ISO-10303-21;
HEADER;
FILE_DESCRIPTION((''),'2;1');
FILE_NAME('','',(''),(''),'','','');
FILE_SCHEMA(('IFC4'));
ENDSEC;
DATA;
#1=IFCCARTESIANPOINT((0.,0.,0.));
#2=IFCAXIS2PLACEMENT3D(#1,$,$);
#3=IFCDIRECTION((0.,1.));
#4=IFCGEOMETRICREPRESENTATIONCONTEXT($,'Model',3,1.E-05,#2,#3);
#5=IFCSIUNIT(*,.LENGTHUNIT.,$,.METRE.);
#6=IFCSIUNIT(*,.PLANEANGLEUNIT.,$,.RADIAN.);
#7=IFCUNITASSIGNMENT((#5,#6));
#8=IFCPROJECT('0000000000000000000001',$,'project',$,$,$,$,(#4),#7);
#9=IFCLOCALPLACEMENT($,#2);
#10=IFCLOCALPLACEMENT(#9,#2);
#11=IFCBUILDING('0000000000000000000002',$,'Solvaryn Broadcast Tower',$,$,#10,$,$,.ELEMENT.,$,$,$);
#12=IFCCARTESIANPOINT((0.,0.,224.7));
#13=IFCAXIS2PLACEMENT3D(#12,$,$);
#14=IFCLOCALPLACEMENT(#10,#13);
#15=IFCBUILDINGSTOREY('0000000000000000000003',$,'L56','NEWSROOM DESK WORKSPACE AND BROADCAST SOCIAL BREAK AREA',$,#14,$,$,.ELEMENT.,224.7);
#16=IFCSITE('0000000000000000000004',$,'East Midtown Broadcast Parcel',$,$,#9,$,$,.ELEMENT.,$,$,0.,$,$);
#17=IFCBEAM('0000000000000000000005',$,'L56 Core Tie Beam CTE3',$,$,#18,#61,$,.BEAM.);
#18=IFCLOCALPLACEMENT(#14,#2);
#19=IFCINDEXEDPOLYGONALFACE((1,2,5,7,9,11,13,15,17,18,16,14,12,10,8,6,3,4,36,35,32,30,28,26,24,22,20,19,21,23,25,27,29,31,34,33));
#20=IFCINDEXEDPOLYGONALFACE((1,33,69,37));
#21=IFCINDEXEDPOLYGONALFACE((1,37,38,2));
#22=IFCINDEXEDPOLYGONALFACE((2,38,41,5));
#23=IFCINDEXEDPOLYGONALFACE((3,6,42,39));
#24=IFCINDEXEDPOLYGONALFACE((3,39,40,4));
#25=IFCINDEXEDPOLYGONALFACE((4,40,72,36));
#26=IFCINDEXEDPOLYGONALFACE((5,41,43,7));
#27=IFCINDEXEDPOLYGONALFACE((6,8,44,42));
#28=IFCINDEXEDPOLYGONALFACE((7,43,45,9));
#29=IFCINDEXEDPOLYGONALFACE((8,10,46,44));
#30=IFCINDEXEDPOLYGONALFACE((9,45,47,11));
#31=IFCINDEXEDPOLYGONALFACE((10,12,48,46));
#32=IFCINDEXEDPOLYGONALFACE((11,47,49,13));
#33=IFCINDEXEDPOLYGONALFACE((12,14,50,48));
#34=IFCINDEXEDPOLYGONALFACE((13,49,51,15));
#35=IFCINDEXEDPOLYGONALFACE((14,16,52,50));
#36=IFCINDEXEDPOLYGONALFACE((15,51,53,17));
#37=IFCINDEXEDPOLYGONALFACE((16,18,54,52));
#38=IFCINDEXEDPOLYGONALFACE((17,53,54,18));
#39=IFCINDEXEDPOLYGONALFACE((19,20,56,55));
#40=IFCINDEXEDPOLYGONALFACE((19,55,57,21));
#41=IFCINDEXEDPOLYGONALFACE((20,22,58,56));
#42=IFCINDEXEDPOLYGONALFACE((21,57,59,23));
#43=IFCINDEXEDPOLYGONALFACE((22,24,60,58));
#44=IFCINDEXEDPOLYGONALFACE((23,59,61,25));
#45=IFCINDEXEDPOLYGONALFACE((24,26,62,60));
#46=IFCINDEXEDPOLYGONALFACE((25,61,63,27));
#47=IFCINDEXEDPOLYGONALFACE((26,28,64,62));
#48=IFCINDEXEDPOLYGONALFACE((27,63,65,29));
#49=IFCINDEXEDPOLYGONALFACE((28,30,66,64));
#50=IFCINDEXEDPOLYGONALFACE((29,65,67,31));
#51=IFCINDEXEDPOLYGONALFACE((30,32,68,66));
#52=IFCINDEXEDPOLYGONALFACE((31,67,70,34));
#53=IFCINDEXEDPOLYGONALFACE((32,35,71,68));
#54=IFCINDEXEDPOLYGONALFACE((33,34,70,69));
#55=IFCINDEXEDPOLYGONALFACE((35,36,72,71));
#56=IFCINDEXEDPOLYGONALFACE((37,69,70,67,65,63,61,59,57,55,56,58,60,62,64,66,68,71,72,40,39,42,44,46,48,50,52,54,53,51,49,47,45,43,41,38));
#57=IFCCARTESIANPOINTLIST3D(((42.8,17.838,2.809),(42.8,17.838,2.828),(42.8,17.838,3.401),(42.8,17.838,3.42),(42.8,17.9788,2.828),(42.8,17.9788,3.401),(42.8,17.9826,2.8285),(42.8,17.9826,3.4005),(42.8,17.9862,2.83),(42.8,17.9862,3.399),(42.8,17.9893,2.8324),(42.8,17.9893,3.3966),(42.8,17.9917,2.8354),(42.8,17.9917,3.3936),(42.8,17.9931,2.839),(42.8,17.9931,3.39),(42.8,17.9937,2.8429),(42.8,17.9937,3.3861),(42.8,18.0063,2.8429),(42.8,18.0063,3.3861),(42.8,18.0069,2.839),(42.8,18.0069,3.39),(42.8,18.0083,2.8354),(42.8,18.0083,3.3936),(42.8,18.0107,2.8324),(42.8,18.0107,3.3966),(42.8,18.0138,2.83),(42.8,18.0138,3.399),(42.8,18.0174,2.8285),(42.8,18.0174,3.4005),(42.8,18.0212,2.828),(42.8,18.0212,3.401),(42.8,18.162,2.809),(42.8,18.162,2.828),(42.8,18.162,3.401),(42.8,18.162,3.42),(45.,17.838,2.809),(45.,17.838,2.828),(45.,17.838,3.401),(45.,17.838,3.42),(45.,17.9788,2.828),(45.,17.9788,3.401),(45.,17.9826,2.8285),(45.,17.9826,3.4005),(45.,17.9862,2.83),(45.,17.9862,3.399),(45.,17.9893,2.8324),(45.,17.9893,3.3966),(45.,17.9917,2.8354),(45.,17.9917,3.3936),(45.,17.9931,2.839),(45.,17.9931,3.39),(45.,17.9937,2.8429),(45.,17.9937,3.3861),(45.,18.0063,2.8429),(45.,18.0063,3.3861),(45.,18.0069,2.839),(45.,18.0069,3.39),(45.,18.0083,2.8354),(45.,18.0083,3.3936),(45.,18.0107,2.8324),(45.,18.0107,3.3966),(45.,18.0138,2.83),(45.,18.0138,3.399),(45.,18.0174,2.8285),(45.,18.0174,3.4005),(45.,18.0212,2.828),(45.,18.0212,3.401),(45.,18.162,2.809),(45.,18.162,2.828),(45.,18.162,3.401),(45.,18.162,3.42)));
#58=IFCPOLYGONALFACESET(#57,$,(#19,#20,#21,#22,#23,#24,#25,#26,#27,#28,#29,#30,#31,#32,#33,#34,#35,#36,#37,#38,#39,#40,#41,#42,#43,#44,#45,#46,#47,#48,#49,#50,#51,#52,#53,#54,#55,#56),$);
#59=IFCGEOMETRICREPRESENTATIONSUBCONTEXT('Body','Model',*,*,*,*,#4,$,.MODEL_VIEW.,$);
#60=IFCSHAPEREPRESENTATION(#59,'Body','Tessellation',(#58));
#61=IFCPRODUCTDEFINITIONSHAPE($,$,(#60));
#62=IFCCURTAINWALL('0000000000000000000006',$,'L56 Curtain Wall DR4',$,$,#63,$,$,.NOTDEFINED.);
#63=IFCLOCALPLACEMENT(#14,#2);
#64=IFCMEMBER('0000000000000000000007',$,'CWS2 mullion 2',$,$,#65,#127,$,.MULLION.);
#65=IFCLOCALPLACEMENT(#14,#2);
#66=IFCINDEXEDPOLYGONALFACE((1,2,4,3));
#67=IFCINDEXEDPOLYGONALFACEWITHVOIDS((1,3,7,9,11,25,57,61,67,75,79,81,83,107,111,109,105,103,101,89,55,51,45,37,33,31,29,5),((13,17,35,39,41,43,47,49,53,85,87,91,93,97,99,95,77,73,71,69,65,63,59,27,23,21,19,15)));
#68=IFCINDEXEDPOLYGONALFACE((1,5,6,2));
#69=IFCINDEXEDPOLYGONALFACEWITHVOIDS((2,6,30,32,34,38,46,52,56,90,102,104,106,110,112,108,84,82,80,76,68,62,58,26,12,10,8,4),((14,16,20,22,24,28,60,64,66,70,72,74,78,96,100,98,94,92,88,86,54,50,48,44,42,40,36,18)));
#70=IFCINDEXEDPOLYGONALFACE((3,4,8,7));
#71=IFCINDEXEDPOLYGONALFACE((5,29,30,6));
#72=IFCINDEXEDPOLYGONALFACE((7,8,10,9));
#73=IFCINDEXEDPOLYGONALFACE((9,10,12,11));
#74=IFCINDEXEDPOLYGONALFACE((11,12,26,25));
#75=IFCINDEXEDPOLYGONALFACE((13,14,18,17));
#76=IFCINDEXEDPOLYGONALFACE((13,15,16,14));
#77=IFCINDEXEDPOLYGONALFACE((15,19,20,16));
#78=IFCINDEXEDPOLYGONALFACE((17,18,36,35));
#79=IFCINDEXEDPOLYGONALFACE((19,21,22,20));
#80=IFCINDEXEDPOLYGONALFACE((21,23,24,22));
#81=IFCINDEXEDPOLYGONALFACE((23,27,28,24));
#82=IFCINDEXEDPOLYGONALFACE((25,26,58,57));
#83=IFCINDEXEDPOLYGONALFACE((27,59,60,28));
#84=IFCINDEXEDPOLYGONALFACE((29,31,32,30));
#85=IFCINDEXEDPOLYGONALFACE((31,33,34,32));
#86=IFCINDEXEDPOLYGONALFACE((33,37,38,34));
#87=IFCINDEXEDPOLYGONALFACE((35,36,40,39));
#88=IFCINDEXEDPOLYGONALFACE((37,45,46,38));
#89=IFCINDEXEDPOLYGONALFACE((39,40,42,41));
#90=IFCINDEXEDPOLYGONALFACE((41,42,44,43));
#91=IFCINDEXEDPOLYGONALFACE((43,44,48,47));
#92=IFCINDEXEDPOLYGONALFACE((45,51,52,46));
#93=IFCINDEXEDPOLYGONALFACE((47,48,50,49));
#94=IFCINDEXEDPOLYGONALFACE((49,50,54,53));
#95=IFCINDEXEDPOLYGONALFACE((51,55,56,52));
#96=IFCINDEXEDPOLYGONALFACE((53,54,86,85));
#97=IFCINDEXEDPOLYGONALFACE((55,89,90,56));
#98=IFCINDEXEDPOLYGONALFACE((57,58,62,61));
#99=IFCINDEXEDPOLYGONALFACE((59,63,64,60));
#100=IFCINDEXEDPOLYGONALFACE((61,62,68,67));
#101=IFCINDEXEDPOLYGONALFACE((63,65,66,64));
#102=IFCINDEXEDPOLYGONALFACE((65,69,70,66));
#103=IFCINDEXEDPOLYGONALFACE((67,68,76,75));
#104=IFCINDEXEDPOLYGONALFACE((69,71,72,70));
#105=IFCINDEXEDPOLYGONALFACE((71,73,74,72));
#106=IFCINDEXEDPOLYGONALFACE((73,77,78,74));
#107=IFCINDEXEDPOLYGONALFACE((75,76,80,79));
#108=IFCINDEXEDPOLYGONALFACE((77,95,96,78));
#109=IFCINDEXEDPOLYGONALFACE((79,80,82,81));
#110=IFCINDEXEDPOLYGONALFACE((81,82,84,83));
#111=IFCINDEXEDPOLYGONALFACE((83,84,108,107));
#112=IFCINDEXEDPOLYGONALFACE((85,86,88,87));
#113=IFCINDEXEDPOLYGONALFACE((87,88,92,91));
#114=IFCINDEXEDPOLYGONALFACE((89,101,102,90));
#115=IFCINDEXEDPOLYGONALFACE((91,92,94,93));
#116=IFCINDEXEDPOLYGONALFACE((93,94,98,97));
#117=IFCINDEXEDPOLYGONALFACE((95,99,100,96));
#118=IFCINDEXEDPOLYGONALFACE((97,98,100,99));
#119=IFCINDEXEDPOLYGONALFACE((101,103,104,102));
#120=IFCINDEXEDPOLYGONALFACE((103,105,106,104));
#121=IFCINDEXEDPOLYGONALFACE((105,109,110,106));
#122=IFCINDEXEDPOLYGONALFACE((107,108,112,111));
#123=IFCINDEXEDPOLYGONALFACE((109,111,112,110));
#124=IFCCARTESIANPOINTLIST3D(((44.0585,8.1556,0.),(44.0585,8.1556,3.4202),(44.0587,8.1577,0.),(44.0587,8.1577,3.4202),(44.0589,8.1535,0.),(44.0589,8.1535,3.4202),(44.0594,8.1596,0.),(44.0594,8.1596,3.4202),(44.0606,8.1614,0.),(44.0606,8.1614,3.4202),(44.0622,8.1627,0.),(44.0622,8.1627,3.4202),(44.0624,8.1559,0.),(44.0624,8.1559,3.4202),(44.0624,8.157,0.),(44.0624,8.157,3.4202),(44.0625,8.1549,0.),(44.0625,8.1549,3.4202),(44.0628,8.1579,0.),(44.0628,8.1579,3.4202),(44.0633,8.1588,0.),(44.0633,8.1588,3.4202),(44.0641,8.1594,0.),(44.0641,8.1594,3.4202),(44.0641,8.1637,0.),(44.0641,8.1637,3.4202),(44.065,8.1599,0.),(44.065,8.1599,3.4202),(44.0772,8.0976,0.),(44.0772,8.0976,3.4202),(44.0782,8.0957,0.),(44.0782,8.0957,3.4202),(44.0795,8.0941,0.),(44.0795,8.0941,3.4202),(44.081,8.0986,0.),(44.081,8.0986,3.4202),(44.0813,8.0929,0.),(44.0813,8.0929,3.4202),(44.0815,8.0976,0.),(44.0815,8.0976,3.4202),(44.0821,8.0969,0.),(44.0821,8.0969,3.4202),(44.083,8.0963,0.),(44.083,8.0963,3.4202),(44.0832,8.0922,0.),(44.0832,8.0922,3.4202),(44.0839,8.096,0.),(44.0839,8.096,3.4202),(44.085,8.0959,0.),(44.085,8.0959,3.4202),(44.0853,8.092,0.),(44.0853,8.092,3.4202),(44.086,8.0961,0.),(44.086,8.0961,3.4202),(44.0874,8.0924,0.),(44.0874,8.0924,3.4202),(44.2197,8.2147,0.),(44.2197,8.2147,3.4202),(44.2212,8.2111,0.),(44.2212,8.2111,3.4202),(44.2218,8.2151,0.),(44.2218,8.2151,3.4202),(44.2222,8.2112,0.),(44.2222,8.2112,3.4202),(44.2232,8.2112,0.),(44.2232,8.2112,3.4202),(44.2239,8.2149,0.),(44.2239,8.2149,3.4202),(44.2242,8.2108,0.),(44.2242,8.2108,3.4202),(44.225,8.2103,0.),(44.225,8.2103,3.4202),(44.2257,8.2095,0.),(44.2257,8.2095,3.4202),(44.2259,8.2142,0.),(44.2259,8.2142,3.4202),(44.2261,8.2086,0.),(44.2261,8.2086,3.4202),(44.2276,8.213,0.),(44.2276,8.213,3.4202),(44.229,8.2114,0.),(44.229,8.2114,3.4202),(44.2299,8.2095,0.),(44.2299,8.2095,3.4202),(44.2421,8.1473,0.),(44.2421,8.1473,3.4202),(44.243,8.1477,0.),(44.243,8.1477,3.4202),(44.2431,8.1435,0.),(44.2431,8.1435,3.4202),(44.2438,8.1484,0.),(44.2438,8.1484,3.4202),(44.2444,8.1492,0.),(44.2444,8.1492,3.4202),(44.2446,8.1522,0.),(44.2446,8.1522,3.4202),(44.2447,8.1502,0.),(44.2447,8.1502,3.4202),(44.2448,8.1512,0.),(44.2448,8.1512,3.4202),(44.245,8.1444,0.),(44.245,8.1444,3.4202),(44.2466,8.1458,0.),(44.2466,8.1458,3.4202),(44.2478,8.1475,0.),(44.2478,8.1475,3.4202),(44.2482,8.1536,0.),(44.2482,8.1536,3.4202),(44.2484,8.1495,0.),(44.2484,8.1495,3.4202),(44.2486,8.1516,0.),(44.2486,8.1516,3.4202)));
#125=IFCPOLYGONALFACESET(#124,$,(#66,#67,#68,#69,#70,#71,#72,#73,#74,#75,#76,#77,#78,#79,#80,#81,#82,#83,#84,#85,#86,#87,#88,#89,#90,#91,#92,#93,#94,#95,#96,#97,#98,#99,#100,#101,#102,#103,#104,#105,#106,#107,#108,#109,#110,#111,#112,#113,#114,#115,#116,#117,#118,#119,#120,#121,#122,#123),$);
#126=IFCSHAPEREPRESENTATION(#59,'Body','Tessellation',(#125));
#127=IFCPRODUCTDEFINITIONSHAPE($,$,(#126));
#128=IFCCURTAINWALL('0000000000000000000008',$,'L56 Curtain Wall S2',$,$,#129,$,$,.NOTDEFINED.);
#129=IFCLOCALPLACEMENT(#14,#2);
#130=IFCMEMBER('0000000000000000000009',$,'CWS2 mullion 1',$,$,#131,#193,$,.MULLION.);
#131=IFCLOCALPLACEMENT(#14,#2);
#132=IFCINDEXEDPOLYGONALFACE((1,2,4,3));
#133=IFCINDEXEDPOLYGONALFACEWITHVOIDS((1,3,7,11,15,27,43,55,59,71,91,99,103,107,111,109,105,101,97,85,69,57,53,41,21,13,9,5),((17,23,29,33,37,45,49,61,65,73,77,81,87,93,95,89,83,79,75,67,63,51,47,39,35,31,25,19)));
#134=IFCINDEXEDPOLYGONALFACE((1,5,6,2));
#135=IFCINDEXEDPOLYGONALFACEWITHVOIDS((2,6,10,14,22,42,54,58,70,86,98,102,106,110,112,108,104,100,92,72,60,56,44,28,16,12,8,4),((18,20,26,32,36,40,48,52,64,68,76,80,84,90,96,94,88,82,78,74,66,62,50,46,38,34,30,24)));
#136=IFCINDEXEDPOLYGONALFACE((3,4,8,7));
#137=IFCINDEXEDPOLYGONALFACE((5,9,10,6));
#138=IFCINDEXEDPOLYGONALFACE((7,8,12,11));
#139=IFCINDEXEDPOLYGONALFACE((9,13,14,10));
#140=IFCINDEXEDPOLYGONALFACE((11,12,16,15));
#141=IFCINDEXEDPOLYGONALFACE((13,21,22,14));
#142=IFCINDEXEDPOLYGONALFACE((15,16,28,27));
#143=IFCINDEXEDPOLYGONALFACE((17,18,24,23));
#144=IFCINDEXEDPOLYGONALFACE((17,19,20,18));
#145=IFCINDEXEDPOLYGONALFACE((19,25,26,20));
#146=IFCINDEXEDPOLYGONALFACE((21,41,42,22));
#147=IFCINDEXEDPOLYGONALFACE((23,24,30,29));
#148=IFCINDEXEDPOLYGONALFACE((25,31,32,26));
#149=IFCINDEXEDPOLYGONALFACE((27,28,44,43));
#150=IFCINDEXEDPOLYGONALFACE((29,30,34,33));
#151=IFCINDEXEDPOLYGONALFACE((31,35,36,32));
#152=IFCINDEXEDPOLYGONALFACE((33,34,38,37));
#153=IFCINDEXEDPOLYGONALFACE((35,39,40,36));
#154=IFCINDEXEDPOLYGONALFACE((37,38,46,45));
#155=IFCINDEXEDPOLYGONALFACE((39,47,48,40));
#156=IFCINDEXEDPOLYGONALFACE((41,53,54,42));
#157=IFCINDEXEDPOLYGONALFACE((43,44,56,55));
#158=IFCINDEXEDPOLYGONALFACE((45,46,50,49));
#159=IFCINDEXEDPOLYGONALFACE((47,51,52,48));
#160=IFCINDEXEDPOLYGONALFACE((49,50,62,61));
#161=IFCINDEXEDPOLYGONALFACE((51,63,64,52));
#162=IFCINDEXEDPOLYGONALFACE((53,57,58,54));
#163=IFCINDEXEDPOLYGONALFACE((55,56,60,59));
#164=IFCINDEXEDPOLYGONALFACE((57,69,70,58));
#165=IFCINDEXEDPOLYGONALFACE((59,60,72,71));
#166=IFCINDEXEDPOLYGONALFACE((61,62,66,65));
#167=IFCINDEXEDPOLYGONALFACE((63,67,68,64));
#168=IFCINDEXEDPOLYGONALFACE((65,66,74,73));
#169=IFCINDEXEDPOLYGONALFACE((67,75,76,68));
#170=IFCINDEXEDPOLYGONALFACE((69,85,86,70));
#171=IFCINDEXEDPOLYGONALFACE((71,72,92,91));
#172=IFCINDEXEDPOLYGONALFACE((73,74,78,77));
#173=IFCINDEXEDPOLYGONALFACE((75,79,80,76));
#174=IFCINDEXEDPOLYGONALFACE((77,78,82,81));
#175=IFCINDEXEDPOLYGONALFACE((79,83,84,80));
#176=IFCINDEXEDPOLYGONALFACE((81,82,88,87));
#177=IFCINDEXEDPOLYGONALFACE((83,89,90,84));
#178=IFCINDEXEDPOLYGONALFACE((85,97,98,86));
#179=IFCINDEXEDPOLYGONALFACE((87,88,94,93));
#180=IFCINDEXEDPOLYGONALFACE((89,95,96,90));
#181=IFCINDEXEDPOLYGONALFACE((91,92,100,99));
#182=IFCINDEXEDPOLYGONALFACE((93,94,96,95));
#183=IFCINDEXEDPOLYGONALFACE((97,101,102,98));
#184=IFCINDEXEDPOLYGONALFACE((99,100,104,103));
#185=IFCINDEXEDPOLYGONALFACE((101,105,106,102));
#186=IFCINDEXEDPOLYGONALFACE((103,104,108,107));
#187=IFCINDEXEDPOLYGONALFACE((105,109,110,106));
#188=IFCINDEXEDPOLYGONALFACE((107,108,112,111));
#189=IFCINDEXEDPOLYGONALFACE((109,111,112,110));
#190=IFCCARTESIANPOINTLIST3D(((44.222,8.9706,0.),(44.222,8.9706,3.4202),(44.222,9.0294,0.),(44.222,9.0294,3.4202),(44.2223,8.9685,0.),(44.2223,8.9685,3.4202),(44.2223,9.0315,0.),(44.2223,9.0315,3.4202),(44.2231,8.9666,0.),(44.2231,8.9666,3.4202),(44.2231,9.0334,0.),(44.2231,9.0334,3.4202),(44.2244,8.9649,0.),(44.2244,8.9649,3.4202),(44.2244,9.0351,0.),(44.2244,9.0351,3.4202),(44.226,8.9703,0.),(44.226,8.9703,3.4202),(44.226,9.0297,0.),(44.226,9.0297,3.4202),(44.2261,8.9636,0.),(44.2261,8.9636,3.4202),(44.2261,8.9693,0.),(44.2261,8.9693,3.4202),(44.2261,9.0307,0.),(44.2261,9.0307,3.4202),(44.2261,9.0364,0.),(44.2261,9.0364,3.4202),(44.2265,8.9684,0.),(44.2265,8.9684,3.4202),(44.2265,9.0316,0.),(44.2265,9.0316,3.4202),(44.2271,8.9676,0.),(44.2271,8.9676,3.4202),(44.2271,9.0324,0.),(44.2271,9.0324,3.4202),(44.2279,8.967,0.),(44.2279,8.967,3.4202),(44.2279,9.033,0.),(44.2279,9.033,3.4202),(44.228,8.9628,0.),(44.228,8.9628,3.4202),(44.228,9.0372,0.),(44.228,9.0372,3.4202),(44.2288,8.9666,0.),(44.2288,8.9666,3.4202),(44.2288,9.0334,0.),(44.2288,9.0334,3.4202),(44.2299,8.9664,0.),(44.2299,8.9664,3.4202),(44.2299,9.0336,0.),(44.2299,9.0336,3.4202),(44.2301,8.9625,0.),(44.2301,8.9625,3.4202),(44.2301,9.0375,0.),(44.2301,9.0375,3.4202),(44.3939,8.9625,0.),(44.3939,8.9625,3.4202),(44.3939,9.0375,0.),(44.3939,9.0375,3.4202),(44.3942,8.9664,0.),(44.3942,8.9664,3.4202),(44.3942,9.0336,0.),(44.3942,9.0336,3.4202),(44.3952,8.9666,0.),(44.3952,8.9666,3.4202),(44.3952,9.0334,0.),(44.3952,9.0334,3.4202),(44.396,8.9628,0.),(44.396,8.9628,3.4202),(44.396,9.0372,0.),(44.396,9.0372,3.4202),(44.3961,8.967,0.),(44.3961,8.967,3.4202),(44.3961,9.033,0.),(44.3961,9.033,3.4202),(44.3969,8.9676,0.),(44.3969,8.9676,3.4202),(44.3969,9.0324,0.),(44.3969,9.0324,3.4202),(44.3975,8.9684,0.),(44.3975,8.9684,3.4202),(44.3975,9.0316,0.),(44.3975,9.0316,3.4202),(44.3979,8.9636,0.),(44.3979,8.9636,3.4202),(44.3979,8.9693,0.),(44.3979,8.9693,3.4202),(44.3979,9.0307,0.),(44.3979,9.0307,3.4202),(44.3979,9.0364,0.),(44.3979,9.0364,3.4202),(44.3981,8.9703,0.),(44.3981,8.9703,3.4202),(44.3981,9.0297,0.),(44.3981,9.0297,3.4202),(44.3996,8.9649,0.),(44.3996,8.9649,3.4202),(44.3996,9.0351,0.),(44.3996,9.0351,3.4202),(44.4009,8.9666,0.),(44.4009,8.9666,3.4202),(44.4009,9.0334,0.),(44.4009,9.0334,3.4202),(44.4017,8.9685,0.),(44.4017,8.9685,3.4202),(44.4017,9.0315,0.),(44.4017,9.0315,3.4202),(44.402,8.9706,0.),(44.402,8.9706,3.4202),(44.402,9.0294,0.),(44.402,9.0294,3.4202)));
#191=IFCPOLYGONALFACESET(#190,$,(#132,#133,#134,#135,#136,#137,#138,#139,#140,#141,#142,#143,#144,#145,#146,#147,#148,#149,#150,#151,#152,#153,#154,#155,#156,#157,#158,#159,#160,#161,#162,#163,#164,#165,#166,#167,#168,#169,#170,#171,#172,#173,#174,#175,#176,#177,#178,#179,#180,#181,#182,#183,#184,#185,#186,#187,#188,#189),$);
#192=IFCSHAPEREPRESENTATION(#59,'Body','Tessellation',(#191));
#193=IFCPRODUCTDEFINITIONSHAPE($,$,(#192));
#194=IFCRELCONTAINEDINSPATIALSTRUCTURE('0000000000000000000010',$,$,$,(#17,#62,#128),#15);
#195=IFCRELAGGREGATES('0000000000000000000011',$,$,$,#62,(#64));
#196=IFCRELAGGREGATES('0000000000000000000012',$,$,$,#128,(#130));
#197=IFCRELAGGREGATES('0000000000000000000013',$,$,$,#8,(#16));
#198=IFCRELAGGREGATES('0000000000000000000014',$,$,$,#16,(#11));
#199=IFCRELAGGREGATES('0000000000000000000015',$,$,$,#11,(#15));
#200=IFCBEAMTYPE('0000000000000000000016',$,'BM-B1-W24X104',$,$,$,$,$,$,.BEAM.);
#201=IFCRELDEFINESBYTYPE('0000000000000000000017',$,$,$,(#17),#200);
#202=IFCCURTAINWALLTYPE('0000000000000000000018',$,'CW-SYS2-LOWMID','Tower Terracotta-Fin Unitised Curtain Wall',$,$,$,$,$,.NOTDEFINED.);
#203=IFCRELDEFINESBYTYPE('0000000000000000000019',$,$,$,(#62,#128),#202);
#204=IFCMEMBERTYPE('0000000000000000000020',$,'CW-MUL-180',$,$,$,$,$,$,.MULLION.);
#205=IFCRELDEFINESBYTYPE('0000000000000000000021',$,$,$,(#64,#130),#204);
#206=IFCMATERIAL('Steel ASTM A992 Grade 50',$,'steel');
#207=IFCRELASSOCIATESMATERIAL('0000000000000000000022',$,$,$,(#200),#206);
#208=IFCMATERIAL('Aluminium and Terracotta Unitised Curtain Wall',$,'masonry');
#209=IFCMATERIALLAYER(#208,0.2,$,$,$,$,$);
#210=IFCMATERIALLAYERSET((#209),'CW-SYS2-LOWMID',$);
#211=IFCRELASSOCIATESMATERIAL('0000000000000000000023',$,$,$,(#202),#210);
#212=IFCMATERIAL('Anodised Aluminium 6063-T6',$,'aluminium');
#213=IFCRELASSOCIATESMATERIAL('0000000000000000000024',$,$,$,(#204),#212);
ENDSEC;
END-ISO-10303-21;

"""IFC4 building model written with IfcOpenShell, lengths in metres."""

from ifc_helpers import new_model, si_unit, direction, frame, origin, origin_2d, place, context, subcontext, project, spatial, hollow_rectangle, i_section, extrude, material, layer, layer_set, material_profile, profile_set, type_object, element, aggregate, save


model = new_model("IFC4")

# Units and contexts
model_context = context("Model", 3, precision=1e-05, world=origin(), true_north=direction((0.0, 1.0)))
body_context = subcontext(model_context, "Body", "Model", "MODEL_VIEW")
ifc_project = project(units=[si_unit("LENGTHUNIT", "METRE"), si_unit("PLANEANGLEUNIT", "RADIAN")], contexts=[model_context])

# Site, building, storey
site_placement = place(None, origin())
site = spatial("IfcSite", under=ifc_project, at=site_placement, Name="East Midtown Broadcast Parcel", CompositionType="ELEMENT", RefElevation=0.0)
building_placement = place(site_placement, origin())
building = spatial("IfcBuilding", under=site, at=building_placement, Name="Solvaryn Broadcast Tower", CompositionType="ELEMENT")
storey_placement = place(building_placement, frame((0.0, 0.0, 224.7)))
storey = spatial("IfcBuildingStorey", under=building, at=storey_placement, Name="L56", Description="NEWSROOM DESK WORKSPACE AND BROADCAST SOCIAL BREAK AREA", CompositionType="ELEMENT", Elevation=224.7)

# Beam
ifc_material_1 = material(Name="Steel ASTM A992 Grade 50", Category="steel")
ifc_material_profile_1 = material_profile(ifc_material_1, i_section(OverallWidth=0.324, OverallDepth=0.6111, WebThickness=0.0127, FlangeThickness=0.019, FilletRadius=0.0149, at=origin_2d()))
ifc_profile_set_1 = profile_set([ifc_material_profile_1], Name="Steel ASTM A992 Grade 50")
beam_type = type_object("IfcBeamType", Name="BM-B1-W24X104", PredefinedType="BEAM", material=ifc_profile_set_1)
for number, where, z_axis, x_axis, name in (
    (1, (42.8, 18.0, 3.1145), (1.0, 0.0, 0.0), (0.0, 1.0, 0.0), "L56 Core Tie Beam CTE3"),
):
    element("IfcBeam", number, at=place(storey_placement, frame(where, z_axis=z_axis, x_axis=x_axis)), inside=storey, type_object=beam_type, Name=name, PredefinedType="BEAM", context=body_context, shape_type="SweptSolid", body=[
        extrude(i_section(OverallWidth=0.324, OverallDepth=0.6111, WebThickness=0.0127, FlangeThickness=0.019, FilletRadius=0.0149, at=origin_2d()), origin(), (0.0, 0.0, 1.0), 2.2),
    ])

# Curtain wall, member
ifc_material_2 = material(Name="Aluminium and Terracotta Unitised Curtain Wall", Category="masonry")
ifc_layer_1 = layer(ifc_material_2, 0.2)
ifc_layer_set_1 = layer_set([ifc_layer_1], Name="CW-SYS2-LOWMID")
curtain_wall_type = type_object("IfcCurtainWallType", Name="CW-SYS2-LOWMID", Description="Tower Terracotta-Fin Unitised Curtain Wall", PredefinedType="NOTDEFINED", material=ifc_layer_set_1)
curtain_wall_1_placement = place(storey_placement, origin())
curtain_wall_1 = element("IfcCurtainWall", 2, at=curtain_wall_1_placement, inside=storey, type_object=curtain_wall_type, Name="L56 Curtain Wall DR4", PredefinedType="NOTDEFINED")
ifc_material_3 = material(Name="Anodised Aluminium 6063-T6", Category="aluminium")
ifc_material_profile_2 = material_profile(ifc_material_3, hollow_rectangle(XDim=0.075, YDim=0.1799, WallThickness=0.0039, InnerFilletRadius=0.0039, OuterFilletRadius=0.0081, at=origin_2d()))
ifc_profile_set_2 = profile_set([ifc_material_profile_2], Name="Anodised Aluminium 6063-T6")
member_type_1 = type_object("IfcMemberType", Name="CW-MUL-180", PredefinedType="MULLION", material=ifc_profile_set_2)
member_1_placement = place(storey_placement, frame((44.1536, 8.1536, 0.0), z_axis=(0.0, 0.0, 1.0), x_axis=(-0.311559, 0.950227, 0.0)))
member_1 = element("IfcMember", 3, at=member_1_placement, type_object=member_type_1, Name="CWS2 mullion 2", PredefinedType="MULLION", context=body_context, shape_type="SweptSolid", body=[
    extrude(hollow_rectangle(XDim=0.075, YDim=0.1799, WallThickness=0.0039, InnerFilletRadius=0.0039, OuterFilletRadius=0.0081, at=origin_2d()), origin(), (0.0, 0.0, 1.0), 3.4202),
])
aggregate(curtain_wall_1, [member_1])

# Curtain wall, member
curtain_wall_2_placement = place(storey_placement, origin())
curtain_wall_2 = element("IfcCurtainWall", 4, at=curtain_wall_2_placement, inside=storey, type_object=curtain_wall_type, Name="L56 Curtain Wall S2", PredefinedType="NOTDEFINED")
member_2_placement = place(storey_placement, frame((44.312, 9.0, 0.0), z_axis=(0.0, 0.0, 1.0), x_axis=(0.0, 1.0, 0.0)))
member_2 = element("IfcMember", 5, at=member_2_placement, type_object=member_type_1, Name="CWS2 mullion 1", PredefinedType="MULLION", context=body_context, shape_type="SweptSolid", body=[
    extrude(hollow_rectangle(XDim=0.075, YDim=0.1799, WallThickness=0.0039, InnerFilletRadius=0.0039, OuterFilletRadius=0.0081, at=origin_2d()), origin(), (0.0, 0.0, 1.0), 3.4202),
])
aggregate(curtain_wall_2, [member_2])

save(model, "model.ifc")
